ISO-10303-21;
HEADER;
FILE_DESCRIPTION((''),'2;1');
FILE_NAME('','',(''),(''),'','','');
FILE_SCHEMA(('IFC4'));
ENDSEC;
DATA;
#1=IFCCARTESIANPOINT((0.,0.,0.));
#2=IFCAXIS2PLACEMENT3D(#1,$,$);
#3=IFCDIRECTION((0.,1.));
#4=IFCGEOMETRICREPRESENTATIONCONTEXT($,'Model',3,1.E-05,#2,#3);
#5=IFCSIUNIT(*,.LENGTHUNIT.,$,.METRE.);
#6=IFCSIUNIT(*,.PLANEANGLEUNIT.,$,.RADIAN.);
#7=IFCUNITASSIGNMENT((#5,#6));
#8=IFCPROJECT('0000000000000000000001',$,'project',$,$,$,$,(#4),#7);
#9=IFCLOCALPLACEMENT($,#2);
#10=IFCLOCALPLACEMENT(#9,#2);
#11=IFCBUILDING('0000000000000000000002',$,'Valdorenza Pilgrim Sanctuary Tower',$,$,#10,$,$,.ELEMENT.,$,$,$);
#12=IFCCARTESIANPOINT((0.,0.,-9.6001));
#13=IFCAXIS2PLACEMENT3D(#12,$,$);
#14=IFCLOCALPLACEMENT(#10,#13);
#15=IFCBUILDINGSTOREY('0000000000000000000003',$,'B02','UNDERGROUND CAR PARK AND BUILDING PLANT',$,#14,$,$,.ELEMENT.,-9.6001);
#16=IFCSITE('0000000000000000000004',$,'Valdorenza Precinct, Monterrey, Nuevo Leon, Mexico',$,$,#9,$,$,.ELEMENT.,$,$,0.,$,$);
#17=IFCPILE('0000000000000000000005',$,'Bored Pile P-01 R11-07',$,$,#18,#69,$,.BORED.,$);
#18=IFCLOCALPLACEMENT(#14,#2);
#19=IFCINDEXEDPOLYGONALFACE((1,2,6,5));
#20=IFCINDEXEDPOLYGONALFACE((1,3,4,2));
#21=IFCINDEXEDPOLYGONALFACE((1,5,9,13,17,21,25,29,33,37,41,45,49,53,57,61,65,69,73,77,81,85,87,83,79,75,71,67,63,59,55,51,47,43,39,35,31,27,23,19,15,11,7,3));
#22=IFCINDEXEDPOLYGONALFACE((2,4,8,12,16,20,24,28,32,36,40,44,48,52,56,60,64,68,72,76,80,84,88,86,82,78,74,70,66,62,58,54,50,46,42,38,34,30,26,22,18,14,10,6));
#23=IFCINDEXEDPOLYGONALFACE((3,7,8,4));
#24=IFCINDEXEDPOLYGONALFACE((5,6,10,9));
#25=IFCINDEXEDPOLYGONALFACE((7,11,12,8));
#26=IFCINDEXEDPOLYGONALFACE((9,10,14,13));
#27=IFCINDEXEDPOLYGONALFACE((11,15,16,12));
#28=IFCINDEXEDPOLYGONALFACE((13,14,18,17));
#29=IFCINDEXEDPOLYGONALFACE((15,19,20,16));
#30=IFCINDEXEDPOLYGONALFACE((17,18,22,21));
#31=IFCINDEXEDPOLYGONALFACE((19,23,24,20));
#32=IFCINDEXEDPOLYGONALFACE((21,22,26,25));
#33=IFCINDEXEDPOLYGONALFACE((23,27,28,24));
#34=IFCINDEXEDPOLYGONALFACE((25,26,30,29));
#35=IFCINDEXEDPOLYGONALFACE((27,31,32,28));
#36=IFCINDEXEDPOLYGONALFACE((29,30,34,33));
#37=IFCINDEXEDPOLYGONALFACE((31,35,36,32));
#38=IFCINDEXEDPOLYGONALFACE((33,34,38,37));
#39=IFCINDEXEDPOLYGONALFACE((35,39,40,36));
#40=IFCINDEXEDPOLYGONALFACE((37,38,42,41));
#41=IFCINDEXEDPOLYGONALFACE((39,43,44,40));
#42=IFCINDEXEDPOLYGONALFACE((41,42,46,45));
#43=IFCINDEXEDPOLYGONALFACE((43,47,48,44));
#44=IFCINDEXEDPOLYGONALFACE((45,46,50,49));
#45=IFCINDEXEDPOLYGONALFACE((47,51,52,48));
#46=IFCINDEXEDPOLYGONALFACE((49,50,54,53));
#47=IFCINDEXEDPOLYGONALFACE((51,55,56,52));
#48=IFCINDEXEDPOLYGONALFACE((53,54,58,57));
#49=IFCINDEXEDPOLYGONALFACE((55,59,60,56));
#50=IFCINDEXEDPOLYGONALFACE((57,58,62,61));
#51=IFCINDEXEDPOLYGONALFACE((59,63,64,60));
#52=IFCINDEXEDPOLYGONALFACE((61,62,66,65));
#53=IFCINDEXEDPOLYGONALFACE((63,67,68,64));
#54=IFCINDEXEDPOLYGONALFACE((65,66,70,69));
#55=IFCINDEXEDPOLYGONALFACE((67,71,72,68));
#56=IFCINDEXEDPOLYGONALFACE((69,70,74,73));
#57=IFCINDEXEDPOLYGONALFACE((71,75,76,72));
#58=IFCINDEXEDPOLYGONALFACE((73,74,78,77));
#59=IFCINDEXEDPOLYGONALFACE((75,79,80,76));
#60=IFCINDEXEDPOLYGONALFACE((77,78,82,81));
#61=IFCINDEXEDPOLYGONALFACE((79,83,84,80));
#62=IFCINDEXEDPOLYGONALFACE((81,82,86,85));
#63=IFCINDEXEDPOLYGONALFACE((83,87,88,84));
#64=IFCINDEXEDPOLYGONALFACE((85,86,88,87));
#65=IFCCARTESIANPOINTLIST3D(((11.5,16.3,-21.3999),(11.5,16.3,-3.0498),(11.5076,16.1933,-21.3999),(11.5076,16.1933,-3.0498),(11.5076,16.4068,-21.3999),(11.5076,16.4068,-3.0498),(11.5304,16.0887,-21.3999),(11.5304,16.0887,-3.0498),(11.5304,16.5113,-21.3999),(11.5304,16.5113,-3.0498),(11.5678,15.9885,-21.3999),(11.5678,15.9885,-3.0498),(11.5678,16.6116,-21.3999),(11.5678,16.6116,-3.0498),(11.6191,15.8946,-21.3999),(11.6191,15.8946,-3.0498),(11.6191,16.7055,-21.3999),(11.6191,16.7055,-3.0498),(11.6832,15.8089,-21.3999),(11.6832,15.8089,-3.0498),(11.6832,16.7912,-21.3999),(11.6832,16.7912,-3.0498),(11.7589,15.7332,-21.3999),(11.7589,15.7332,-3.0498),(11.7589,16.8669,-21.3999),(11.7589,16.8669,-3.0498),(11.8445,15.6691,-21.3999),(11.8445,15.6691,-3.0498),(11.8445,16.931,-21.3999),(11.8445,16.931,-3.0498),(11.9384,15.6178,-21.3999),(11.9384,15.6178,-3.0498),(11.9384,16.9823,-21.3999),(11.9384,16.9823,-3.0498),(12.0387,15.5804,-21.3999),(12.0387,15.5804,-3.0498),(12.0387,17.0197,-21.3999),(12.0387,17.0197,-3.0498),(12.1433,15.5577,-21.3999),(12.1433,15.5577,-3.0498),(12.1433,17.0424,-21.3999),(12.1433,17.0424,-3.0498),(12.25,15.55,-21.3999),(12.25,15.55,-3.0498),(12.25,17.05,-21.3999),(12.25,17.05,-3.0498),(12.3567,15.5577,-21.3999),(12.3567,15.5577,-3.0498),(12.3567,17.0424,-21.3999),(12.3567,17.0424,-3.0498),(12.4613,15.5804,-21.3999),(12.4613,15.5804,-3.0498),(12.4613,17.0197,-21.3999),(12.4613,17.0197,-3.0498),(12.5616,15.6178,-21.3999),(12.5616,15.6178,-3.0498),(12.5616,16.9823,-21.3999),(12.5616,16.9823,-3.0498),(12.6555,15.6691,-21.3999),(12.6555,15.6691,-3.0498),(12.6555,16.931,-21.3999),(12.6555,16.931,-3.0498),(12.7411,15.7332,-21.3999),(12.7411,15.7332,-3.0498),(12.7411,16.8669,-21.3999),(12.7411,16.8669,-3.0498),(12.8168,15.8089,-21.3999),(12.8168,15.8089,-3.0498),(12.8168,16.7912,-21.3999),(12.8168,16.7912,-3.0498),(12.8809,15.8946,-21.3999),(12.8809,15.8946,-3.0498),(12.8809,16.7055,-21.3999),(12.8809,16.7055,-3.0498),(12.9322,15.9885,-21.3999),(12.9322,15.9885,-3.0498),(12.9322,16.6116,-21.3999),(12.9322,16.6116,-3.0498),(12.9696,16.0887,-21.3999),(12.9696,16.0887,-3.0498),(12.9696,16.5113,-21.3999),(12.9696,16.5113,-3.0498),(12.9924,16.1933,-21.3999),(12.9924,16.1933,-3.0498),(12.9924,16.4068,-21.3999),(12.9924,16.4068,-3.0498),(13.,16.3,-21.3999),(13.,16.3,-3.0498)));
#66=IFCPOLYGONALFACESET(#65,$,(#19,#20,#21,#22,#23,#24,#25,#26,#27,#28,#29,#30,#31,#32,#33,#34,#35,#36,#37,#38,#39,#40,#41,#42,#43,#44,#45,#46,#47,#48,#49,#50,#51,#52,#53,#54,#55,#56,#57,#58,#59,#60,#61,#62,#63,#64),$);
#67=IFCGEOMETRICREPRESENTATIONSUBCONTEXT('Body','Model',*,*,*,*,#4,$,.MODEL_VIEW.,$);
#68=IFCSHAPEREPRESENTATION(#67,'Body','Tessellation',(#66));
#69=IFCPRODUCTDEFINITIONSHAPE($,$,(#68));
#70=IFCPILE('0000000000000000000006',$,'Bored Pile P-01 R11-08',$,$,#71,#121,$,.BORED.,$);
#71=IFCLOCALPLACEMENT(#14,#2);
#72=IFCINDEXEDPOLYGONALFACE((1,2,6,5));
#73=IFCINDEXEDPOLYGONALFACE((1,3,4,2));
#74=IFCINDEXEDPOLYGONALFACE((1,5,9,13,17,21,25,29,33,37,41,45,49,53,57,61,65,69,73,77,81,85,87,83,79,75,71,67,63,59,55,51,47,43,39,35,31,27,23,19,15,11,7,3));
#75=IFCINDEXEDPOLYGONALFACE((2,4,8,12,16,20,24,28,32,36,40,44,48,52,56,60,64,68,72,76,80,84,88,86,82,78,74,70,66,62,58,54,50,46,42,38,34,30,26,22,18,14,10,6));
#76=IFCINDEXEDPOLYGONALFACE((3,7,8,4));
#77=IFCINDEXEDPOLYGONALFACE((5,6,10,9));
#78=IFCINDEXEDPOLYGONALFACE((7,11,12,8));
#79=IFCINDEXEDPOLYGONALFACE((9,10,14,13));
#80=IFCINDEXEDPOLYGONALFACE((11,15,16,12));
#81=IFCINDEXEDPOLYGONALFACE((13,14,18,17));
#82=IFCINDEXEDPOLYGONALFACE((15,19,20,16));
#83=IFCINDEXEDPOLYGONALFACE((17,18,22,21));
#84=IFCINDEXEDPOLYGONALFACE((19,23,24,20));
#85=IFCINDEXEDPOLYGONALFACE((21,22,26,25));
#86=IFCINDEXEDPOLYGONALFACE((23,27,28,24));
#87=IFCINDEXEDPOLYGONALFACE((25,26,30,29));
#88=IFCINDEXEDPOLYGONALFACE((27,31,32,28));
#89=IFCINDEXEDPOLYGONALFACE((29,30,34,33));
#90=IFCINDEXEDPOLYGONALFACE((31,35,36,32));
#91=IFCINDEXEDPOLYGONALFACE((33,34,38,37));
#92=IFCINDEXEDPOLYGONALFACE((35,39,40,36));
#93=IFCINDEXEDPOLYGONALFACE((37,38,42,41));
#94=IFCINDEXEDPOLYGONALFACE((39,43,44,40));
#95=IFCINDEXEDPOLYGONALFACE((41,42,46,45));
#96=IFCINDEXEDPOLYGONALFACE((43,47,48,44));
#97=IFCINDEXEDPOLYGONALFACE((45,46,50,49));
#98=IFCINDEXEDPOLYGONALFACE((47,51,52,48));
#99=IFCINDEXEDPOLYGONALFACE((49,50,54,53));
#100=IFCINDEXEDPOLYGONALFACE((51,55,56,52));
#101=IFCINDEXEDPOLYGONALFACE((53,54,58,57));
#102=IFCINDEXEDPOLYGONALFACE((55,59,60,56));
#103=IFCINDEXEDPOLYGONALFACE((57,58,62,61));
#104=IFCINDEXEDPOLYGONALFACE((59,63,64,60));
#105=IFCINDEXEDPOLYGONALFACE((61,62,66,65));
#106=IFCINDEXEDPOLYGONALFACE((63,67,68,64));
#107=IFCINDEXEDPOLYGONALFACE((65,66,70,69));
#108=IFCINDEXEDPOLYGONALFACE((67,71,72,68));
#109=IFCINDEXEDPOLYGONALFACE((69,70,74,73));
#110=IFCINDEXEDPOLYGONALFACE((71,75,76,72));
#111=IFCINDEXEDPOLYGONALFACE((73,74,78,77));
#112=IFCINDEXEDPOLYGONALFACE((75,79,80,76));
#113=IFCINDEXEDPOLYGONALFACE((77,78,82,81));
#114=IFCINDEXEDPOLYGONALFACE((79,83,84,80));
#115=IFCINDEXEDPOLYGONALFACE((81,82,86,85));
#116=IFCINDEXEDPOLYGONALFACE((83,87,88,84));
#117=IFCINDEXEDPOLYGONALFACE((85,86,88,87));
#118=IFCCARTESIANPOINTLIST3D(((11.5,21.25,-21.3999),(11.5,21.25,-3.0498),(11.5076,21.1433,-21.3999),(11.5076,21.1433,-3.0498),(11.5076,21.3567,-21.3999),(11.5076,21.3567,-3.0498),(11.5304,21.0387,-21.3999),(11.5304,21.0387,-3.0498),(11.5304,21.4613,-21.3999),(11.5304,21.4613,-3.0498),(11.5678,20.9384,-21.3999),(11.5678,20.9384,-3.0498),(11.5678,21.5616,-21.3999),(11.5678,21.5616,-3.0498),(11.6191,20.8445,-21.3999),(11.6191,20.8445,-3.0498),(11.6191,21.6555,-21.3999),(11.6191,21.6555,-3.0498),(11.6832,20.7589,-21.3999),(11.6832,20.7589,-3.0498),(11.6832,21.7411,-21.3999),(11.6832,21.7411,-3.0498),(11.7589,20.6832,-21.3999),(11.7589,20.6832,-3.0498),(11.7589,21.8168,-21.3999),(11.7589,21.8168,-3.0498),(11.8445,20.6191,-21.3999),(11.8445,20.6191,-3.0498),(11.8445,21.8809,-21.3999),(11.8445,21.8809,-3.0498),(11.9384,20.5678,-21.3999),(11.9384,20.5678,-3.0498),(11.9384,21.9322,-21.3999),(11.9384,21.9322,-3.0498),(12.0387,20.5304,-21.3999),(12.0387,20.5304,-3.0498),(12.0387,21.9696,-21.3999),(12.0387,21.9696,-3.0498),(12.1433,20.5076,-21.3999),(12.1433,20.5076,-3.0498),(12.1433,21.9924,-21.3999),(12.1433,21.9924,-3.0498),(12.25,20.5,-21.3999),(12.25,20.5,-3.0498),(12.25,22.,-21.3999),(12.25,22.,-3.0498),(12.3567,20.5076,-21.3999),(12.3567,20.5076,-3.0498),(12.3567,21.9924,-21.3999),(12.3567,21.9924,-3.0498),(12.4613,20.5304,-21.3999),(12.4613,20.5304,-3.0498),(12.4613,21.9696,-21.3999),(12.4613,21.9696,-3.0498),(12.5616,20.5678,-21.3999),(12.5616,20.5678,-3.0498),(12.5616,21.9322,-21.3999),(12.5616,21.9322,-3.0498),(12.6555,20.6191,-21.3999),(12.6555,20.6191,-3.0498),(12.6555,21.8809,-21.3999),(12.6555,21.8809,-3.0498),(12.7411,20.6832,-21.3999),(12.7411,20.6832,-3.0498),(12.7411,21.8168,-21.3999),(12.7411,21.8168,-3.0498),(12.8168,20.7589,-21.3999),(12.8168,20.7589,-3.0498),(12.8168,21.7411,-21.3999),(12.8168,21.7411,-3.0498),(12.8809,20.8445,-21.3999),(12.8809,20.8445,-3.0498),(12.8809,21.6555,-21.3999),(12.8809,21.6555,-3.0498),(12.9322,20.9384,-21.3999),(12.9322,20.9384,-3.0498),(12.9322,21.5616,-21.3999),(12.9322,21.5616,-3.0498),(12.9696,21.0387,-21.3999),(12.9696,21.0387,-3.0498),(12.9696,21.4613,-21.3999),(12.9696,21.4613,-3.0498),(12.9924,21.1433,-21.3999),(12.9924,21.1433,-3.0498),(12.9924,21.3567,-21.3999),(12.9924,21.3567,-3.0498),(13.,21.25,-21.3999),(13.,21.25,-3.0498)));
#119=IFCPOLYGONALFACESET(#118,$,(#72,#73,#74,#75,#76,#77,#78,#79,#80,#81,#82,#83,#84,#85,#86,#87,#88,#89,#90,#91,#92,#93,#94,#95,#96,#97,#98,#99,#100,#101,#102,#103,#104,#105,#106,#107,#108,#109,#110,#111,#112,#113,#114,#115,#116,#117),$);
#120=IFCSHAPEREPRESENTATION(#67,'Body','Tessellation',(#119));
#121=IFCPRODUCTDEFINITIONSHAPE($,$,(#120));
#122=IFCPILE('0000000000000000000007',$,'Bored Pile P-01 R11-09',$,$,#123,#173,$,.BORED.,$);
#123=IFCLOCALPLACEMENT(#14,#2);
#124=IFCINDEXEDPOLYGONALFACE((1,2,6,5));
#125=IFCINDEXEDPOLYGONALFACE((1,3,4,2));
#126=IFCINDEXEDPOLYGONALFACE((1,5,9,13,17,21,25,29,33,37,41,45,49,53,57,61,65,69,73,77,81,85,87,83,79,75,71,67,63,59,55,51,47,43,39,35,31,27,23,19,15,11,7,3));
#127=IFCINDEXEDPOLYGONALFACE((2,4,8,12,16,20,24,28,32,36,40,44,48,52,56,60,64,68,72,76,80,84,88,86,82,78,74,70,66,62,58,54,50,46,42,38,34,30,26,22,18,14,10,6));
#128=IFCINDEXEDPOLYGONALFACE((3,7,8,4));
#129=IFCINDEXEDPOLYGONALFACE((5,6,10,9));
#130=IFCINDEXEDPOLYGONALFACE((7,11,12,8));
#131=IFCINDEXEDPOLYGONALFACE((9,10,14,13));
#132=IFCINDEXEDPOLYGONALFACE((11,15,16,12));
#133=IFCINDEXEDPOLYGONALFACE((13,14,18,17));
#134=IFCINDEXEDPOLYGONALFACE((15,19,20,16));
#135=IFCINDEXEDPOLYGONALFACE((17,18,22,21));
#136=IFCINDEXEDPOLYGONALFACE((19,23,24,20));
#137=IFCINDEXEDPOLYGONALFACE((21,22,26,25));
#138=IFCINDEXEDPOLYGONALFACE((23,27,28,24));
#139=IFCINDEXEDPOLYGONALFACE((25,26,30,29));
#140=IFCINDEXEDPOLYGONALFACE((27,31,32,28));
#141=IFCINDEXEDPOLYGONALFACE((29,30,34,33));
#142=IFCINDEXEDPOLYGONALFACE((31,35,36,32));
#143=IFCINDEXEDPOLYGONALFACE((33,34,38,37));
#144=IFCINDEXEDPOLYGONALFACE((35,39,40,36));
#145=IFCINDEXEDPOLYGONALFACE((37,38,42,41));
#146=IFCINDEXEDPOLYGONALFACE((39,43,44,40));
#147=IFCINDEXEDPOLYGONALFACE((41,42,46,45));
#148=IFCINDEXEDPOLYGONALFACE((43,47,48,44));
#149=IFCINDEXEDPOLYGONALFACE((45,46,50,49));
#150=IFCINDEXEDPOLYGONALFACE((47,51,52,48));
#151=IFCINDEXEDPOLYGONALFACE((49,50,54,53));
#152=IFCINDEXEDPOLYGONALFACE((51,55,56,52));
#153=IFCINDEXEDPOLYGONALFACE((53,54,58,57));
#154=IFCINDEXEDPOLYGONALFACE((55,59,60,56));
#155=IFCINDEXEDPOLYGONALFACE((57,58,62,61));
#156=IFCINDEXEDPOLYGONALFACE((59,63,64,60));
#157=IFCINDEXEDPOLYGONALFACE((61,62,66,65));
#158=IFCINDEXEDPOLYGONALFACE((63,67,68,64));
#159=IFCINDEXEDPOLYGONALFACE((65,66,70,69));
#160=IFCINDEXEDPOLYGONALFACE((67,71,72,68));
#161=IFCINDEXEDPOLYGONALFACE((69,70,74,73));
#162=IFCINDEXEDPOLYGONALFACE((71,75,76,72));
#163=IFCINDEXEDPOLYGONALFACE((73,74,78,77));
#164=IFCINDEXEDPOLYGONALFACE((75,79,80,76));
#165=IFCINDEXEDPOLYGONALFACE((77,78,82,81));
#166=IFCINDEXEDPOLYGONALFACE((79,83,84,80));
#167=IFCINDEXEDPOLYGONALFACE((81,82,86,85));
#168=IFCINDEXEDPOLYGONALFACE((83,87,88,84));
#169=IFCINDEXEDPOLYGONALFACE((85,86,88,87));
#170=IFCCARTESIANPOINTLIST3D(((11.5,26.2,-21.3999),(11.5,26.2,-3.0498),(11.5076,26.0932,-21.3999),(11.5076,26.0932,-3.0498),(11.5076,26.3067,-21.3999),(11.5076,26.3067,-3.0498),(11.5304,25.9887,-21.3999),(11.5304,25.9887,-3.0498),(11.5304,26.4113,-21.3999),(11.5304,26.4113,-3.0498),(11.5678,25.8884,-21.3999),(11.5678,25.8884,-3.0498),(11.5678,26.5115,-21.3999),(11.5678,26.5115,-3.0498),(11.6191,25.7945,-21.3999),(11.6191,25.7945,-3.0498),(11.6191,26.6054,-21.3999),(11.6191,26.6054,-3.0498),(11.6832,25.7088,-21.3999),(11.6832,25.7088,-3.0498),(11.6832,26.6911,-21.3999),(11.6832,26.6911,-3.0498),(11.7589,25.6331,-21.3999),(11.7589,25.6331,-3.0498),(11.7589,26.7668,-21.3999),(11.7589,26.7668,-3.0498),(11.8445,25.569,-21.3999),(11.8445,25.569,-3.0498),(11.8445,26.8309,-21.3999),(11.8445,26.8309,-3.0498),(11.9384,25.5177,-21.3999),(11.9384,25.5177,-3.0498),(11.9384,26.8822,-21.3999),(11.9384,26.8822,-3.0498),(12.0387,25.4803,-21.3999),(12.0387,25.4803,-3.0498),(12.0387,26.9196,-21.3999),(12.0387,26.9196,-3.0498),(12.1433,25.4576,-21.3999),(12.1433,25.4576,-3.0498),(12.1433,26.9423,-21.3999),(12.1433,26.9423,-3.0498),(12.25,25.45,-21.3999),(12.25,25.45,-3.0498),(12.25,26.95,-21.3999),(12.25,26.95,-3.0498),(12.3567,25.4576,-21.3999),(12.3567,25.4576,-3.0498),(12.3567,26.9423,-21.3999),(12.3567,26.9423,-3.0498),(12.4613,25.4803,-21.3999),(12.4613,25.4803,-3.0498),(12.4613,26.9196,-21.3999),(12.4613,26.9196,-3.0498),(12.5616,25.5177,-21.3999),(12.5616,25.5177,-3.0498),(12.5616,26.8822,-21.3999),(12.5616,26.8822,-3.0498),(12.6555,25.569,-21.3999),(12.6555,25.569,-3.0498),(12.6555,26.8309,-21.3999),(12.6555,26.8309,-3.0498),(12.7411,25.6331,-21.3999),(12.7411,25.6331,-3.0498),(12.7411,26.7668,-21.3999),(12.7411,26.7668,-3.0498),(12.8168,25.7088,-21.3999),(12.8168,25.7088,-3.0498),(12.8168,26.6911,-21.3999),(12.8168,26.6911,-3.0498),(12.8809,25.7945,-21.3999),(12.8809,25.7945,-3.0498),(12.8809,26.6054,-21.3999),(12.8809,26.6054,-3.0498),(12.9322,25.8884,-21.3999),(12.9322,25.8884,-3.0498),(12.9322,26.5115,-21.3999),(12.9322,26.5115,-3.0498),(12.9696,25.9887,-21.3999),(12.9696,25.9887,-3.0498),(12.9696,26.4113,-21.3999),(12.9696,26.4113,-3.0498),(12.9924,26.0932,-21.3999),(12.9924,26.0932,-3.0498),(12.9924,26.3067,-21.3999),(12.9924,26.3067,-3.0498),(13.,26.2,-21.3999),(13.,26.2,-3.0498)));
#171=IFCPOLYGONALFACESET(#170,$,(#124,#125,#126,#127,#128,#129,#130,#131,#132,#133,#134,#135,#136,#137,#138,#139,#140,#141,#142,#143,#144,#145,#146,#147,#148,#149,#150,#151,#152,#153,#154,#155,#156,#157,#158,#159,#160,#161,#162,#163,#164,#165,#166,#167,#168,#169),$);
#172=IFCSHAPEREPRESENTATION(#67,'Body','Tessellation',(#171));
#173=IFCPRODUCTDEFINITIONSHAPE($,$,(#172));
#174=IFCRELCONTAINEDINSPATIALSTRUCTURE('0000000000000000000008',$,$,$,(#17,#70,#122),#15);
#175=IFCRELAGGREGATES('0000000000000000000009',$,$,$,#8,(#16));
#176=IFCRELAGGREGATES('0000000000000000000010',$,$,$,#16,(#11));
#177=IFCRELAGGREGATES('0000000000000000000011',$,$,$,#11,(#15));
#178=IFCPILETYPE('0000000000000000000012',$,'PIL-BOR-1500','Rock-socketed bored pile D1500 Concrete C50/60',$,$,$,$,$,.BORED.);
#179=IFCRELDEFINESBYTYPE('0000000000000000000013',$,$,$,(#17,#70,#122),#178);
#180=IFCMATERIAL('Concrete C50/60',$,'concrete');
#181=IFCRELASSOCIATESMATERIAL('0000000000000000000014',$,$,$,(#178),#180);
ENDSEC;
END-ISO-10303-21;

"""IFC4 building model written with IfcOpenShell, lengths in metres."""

from ifc_helpers import new_model, si_unit, direction, frame, origin, origin_2d, place, context, subcontext, project, spatial, circle, extrude, source, transform, mapped, material, material_profile, profile_set, type_object, element, save


model = new_model("IFC4")

# Units and contexts
model_context = context("Model", 3, precision=1e-05, world=origin(), true_north=direction((0.0, 1.0)))
body_context = subcontext(model_context, "Body", "Model", "MODEL_VIEW")
ifc_project = project(units=[si_unit("LENGTHUNIT", "METRE"), si_unit("PLANEANGLEUNIT", "RADIAN")], contexts=[model_context])

# Site, building, storey
site_placement = place(None, origin())
site = spatial("IfcSite", under=ifc_project, at=site_placement, Name="Valdorenza Precinct, Monterrey, Nuevo Leon, Mexico", CompositionType="ELEMENT", RefElevation=0.0)
building_placement = place(site_placement, origin())
building = spatial("IfcBuilding", under=site, at=building_placement, Name="Valdorenza Pilgrim Sanctuary Tower", CompositionType="ELEMENT")
storey_placement = place(building_placement, frame((0.0, 0.0, -9.6001)))
storey = spatial("IfcBuildingStorey", under=building, at=storey_placement, Name="B02", Description="UNDERGROUND CAR PARK AND BUILDING PLANT", CompositionType="ELEMENT", Elevation=-9.6001)

# Piles
ifc_material_1 = material(Name="Concrete C50/60", Category="concrete")
ifc_material_profile_1 = material_profile(ifc_material_1, circle(Radius=0.75, at=origin_2d()), Name="BORED PILE 1500")
ifc_profile_set_1 = profile_set([ifc_material_profile_1], Name="Concrete C50/60")
pile_type = type_object("IfcPileType", Name="PIL-BOR-1500", Description="Rock-socketed bored pile D1500 Concrete C50/60", PredefinedType="BORED", material=ifc_profile_set_1)
shared_shape_1 = source(origin(), body_context, "Body", "SweptSolid", [
    extrude(circle(Radius=0.75, at=origin_2d()), origin(), (0.0, 0.0, 1.0), 18.3501),
])
for number, where, z_axis, x_axis, name in (
    (1, (12.25, 16.3, -3.0498), (0.0, 0.0, -1.0), (1.0, 0.0, 0.0), "Bored Pile P-01 R11-07"),
    (2, (12.25, 21.25, -3.0498), (0.0, 0.0, -1.0), (1.0, 0.0, 0.0), "Bored Pile P-01 R11-08"),
    (3, (12.25, 26.2, -3.0498), (0.0, 0.0, -1.0), (1.0, 0.0, 0.0), "Bored Pile P-01 R11-09"),
):
    element("IfcPile", number, at=place(storey_placement, frame(where, z_axis=z_axis, x_axis=x_axis)), inside=storey, type_object=pile_type, Name=name, PredefinedType="BORED", context=body_context, shape_type="MappedRepresentation", body=[
        mapped(shared_shape_1, transform((0.0, 0.0, 0.0), x_axis=(1.0, 0.0, 0.0), y_axis=(0.0, 1.0, 0.0), z_axis=(0.0, 0.0, 1.0), scale=1.0)),
    ])

save(model, "model.ifc")
